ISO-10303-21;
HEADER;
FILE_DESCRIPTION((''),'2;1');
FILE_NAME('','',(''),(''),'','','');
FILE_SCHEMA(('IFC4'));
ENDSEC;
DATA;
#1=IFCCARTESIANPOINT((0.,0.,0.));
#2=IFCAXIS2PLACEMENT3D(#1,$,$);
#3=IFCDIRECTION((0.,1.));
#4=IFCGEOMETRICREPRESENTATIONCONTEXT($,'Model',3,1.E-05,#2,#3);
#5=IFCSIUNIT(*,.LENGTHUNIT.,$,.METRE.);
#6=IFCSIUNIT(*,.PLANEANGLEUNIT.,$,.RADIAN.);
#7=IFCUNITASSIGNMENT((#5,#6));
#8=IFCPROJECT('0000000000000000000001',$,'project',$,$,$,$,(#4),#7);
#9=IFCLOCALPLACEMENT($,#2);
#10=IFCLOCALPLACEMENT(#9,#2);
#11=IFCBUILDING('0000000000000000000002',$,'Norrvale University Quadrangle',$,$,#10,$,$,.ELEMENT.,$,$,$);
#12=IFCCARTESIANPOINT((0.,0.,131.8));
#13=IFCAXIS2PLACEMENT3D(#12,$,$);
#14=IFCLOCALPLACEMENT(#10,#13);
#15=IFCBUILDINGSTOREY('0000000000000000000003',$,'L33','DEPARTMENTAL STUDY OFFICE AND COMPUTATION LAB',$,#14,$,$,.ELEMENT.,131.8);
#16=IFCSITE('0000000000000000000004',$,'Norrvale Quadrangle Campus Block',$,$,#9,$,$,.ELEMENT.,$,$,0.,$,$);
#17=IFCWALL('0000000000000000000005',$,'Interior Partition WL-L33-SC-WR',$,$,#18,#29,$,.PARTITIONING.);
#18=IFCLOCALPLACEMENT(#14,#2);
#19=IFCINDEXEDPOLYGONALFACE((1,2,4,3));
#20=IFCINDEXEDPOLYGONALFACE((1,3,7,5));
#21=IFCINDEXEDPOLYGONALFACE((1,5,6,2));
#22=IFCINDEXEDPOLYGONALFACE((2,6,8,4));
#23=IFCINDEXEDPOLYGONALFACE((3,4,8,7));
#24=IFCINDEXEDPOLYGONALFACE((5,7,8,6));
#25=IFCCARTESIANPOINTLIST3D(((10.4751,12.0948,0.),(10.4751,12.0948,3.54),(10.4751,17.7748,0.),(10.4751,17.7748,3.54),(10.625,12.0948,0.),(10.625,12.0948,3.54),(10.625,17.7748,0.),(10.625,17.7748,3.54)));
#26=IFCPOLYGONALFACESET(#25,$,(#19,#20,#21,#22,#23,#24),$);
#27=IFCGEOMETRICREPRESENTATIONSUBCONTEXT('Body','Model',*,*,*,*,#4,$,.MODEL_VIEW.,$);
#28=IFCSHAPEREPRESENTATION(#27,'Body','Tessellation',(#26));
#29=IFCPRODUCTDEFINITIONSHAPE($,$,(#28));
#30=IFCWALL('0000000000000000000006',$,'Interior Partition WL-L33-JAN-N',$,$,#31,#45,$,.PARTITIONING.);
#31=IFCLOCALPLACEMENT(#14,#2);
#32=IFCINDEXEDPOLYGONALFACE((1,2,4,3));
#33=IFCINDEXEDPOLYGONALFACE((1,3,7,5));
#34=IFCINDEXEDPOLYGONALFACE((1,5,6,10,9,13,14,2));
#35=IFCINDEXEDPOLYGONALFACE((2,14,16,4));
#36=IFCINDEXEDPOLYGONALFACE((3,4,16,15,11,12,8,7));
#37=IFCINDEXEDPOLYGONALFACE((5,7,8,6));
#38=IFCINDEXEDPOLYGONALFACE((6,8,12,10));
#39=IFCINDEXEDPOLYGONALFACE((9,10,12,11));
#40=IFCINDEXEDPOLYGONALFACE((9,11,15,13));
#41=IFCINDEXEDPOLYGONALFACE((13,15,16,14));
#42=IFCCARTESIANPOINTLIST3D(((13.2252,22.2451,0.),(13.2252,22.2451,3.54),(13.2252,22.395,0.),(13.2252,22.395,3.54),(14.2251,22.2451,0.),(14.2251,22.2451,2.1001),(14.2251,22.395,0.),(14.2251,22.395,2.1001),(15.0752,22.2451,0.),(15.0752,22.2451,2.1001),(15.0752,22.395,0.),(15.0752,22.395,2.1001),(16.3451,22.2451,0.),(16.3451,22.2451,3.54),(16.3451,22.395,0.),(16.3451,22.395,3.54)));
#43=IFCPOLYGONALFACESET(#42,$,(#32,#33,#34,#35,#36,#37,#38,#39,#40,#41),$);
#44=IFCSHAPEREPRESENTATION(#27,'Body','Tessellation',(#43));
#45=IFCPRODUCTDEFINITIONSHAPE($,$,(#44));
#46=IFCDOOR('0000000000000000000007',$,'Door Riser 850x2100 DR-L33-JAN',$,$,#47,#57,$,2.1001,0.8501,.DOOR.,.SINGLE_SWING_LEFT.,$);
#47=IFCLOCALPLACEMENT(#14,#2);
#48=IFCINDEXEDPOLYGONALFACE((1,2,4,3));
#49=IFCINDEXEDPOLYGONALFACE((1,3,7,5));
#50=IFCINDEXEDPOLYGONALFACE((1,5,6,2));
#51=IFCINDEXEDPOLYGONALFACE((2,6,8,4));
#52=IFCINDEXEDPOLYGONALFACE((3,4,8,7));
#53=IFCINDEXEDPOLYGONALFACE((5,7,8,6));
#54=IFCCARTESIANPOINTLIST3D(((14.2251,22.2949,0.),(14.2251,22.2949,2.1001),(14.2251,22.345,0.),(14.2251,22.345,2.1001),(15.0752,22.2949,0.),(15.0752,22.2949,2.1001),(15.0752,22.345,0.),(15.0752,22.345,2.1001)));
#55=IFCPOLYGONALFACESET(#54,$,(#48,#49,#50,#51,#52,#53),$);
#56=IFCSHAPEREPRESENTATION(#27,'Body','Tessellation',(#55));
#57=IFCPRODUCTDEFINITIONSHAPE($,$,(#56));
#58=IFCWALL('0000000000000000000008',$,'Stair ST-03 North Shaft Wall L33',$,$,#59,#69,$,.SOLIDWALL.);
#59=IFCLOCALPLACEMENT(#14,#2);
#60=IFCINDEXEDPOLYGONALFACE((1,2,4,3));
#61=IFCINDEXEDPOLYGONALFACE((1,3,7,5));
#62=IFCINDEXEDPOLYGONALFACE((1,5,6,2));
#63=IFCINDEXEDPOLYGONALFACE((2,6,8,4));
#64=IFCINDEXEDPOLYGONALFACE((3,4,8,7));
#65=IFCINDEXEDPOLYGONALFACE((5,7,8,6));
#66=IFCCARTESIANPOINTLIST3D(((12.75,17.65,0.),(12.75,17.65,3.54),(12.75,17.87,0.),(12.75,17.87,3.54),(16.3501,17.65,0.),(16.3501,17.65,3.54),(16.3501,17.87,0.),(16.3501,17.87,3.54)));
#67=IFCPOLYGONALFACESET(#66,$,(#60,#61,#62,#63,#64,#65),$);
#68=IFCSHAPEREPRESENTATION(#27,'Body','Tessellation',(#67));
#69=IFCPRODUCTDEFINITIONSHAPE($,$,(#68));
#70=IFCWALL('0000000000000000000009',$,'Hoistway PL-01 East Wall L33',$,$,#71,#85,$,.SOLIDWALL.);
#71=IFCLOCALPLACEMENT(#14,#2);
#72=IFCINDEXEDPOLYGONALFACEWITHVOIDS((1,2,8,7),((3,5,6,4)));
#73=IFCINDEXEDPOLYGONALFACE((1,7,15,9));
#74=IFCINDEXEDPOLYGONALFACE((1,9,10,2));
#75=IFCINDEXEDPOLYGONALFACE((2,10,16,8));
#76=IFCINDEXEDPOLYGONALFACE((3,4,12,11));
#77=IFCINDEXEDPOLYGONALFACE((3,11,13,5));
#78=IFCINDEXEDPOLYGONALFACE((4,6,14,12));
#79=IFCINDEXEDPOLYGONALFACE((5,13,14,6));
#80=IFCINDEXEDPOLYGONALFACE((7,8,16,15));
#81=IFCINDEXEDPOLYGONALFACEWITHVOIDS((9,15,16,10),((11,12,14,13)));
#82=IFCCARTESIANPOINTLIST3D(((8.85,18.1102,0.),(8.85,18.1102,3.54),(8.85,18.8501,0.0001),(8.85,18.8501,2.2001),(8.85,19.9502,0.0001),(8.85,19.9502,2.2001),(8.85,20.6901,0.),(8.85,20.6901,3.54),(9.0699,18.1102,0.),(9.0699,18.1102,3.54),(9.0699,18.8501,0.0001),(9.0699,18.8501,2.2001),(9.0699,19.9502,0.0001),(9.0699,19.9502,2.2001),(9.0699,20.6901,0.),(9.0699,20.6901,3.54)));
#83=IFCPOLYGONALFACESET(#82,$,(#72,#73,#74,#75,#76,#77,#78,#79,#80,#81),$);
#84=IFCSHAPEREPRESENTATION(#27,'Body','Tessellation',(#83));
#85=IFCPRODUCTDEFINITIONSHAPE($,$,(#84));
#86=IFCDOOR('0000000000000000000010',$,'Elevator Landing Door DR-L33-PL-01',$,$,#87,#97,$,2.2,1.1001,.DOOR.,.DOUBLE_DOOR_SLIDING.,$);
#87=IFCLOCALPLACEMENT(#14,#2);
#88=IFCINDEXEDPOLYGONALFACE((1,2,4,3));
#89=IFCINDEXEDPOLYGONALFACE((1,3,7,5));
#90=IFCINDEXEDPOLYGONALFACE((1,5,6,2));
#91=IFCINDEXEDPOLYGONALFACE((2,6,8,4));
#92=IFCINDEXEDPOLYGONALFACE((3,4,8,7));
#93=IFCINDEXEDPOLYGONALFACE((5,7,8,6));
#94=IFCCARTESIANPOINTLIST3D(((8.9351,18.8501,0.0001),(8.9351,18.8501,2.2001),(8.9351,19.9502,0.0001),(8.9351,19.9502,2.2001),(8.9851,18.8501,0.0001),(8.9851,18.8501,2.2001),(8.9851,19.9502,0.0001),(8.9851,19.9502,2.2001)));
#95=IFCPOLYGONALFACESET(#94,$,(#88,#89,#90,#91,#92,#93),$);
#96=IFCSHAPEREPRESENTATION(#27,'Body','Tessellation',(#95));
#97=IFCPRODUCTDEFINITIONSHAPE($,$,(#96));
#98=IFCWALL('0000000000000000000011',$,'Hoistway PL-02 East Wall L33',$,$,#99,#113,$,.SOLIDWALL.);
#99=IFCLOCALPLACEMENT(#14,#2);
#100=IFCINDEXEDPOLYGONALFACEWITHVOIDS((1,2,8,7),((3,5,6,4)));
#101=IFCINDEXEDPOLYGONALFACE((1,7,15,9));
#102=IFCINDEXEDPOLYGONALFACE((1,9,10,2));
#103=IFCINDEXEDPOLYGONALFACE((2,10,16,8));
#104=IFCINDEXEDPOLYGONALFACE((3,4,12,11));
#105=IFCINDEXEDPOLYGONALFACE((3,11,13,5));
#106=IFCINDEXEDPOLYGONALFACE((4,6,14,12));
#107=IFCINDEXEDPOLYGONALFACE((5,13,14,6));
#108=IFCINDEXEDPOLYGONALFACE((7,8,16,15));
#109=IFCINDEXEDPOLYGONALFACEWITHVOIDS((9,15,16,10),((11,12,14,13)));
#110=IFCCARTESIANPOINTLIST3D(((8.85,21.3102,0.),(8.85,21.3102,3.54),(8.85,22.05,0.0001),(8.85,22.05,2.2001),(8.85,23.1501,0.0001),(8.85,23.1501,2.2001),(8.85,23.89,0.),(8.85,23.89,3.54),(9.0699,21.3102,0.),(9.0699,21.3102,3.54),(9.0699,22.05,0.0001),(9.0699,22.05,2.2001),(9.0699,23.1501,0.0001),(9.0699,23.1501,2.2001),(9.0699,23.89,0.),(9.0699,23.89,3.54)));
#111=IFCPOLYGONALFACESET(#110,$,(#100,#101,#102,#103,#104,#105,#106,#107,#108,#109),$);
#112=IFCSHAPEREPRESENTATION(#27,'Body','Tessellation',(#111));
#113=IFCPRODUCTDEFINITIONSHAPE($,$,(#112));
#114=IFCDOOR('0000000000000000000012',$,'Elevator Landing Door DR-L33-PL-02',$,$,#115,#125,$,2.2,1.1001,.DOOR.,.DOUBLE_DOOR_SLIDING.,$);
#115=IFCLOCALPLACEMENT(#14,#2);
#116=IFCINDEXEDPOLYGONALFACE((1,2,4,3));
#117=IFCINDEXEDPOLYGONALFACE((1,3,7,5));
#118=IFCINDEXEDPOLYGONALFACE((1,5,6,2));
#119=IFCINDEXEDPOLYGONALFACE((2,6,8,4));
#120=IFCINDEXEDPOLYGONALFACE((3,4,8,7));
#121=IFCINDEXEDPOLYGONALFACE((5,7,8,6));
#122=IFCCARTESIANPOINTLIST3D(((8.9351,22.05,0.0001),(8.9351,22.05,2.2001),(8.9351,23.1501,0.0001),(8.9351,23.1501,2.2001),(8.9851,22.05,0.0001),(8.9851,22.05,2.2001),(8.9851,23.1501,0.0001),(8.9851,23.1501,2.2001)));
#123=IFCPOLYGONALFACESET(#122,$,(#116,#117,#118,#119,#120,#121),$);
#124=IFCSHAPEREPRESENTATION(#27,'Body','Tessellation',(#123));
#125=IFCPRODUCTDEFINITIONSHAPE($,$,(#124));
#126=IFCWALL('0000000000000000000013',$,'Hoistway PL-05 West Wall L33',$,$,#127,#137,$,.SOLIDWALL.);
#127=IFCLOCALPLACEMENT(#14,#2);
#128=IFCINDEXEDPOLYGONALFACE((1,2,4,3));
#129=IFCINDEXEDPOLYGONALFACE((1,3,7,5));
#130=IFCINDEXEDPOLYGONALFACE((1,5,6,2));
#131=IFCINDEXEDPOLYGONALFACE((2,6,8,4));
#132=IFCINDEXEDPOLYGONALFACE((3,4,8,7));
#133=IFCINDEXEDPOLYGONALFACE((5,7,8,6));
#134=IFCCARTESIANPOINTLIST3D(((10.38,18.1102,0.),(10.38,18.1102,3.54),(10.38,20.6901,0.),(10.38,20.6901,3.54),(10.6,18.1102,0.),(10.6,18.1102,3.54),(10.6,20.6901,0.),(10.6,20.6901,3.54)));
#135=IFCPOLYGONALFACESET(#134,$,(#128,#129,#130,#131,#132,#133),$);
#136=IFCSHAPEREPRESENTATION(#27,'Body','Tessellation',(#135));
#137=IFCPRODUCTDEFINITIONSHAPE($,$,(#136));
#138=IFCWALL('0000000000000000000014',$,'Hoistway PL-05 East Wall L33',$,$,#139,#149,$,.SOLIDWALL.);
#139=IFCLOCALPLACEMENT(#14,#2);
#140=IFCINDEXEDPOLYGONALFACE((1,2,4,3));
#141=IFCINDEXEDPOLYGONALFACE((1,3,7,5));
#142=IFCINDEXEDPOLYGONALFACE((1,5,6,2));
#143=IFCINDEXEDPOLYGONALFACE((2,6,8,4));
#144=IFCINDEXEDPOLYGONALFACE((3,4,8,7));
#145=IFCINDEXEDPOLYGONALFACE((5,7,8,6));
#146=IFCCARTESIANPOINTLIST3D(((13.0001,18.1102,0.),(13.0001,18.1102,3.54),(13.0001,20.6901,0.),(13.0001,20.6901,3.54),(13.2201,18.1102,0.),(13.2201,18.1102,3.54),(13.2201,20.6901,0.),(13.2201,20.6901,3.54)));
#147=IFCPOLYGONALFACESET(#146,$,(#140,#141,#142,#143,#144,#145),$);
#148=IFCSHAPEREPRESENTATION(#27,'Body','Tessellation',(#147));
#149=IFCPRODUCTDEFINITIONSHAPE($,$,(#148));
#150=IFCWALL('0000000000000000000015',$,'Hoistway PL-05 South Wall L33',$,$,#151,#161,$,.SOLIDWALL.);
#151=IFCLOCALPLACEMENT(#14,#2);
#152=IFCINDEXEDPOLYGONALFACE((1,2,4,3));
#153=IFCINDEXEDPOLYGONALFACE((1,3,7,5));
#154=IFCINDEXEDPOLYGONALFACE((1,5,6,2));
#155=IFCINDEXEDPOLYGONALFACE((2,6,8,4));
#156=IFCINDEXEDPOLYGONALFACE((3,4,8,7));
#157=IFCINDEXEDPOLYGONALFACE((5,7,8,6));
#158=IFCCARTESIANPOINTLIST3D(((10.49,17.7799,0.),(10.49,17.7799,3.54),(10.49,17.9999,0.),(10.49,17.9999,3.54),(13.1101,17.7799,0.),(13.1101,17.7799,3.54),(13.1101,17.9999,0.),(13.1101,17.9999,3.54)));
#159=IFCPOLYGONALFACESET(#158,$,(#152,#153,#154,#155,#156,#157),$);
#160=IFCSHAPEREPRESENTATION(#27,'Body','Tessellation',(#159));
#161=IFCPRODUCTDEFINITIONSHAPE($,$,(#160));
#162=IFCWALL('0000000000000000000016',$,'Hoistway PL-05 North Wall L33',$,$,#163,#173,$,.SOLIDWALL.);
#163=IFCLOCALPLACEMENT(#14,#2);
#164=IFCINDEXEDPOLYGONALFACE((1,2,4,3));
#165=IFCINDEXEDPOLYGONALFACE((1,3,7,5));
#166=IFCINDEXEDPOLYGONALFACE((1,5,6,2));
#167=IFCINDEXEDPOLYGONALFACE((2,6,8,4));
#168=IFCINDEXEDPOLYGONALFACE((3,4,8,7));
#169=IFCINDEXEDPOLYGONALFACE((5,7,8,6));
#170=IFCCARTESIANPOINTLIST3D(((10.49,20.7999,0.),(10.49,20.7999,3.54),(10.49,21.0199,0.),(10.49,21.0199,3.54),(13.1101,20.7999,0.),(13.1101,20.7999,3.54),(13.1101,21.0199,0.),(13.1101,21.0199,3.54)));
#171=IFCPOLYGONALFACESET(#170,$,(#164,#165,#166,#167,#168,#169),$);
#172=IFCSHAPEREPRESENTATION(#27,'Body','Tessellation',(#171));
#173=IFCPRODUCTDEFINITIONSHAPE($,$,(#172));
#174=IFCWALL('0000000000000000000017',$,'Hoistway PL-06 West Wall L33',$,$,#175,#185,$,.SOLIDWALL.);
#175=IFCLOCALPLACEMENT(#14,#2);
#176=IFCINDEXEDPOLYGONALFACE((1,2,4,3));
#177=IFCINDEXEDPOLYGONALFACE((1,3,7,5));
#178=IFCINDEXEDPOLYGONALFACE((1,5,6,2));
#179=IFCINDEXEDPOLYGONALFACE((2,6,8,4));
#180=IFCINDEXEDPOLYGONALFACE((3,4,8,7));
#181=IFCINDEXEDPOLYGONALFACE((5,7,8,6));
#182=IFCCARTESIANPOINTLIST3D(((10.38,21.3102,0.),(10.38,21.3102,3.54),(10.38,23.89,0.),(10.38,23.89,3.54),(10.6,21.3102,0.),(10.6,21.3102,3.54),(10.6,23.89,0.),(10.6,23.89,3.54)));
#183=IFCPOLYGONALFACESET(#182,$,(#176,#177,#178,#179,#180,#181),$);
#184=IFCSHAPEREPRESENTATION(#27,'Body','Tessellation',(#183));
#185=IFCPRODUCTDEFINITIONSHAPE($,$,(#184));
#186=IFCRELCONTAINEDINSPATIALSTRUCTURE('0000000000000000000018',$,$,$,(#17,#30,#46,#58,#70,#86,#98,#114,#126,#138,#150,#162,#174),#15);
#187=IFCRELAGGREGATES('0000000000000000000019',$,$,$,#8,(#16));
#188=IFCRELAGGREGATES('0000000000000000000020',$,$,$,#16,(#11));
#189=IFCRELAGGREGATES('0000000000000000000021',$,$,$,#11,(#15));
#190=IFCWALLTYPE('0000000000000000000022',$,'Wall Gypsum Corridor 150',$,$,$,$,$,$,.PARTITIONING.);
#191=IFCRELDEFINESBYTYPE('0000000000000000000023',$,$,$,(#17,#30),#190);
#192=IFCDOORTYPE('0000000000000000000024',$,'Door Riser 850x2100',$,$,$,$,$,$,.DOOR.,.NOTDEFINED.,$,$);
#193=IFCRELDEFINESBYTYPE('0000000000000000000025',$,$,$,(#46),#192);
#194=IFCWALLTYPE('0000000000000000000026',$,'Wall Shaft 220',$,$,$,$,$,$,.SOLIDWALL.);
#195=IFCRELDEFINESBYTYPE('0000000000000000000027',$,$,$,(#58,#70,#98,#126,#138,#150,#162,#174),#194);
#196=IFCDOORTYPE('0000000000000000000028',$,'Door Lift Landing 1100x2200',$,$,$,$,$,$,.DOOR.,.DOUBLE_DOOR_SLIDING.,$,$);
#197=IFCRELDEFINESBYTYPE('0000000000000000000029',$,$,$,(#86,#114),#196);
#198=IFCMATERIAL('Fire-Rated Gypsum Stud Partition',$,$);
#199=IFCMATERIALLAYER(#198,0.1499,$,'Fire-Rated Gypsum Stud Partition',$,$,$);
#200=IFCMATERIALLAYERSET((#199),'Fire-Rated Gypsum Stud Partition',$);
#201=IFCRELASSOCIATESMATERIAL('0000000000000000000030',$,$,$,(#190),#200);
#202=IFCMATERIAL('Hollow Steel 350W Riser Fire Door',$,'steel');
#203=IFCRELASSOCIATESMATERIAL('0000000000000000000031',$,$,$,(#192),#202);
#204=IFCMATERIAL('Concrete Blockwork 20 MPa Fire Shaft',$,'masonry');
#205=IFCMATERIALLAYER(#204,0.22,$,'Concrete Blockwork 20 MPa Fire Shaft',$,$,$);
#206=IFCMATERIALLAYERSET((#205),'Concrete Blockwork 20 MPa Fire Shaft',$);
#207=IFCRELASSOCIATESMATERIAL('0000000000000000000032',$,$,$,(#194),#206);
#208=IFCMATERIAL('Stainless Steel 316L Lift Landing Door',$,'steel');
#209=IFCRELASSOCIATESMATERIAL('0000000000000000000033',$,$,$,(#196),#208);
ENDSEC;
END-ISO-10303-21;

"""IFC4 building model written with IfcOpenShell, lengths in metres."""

from ifc_helpers import new_model, si_unit, direction, frame, frame_2d, origin, place, context, subcontext, project, spatial, rectangle, extrude, material, layer, layer_set, type_object, element, fill, save


model = new_model("IFC4")

# Units and contexts
model_context = context("Model", 3, precision=1e-05, world=origin(), true_north=direction((0.0, 1.0)))
body_context = subcontext(model_context, "Body", "Model", "MODEL_VIEW")
ifc_project = project(units=[si_unit("LENGTHUNIT", "METRE"), si_unit("PLANEANGLEUNIT", "RADIAN")], contexts=[model_context])

# Site, building, storey
site_placement = place(None, origin())
site = spatial("IfcSite", under=ifc_project, at=site_placement, Name="Norrvale Quadrangle Campus Block", CompositionType="ELEMENT", RefElevation=0.0)
building_placement = place(site_placement, origin())
building = spatial("IfcBuilding", under=site, at=building_placement, Name="Norrvale University Quadrangle", CompositionType="ELEMENT")
storey_placement = place(building_placement, frame((0.0, 0.0, 131.8)))
storey = spatial("IfcBuildingStorey", under=building, at=storey_placement, Name="L33", Description="DEPARTMENTAL STUDY OFFICE AND COMPUTATION LAB", CompositionType="ELEMENT", Elevation=131.8)

# Shared definitions
ifc_material_1 = material(Name="Fire-Rated Gypsum Stud Partition")
ifc_layer_1 = layer(ifc_material_1, 0.1499, Name="Fire-Rated Gypsum Stud Partition")
ifc_layer_set_1 = layer_set([ifc_layer_1], Name="Fire-Rated Gypsum Stud Partition")
wall_type_1 = type_object("IfcWallType", Name="Wall Gypsum Corridor 150", PredefinedType="PARTITIONING", material=ifc_layer_set_1)
ifc_material_2 = material(Name="Hollow Steel 350W Riser Fire Door", Category="steel")
door_type_1 = type_object("IfcDoorType", Name="Door Riser 850x2100", OperationType="NOTDEFINED", PredefinedType="DOOR", material=ifc_material_2)

# Wall
for number, where, z_axis, x_axis, name in (
    (1, (10.55, 12.095, 0.0), (0.0, 0.0, 1.0), (0.0, 1.0, 0.0), "Interior Partition WL-L33-SC-WR"),
):
    element("IfcWall", number, at=place(storey_placement, frame(where, z_axis=z_axis, x_axis=x_axis)), inside=storey, type_object=wall_type_1, Name=name, PredefinedType="PARTITIONING", context=body_context, shape_type="SweptSolid", body=[
        extrude(rectangle(XDim=5.6799, YDim=0.1499, at=frame_2d((2.8398, 0.0))), origin(), (0.0, 0.0, 1.0), 3.54),
    ])

# Wall, opening, door
wall_1_placement = place(storey_placement, frame((13.2251, 22.3201, 0.0), z_axis=(0.0, 0.0, 1.0), x_axis=(1.0, 0.0, 0.0)))
wall_1 = element("IfcWall", 2, at=wall_1_placement, inside=storey, type_object=wall_type_1, Name="Interior Partition WL-L33-JAN-N", PredefinedType="PARTITIONING", context=body_context, shape_type="SweptSolid", body=[
    extrude(rectangle(XDim=3.1199, YDim=0.1499, at=frame_2d((1.5601, 0.0))), origin(), (0.0, 0.0, 1.0), 3.54),
])
opening_1_placement = place(wall_1_placement, frame((1.0, 0.0, 0.0)))
opening_1 = element("IfcOpeningElement", 3, at=opening_1_placement, cuts=wall_1, PredefinedType="OPENING", context=body_context, shape_type="SweptSolid", body=[
    extrude(rectangle(XDim=0.8501, YDim=2.1001, at=frame_2d((0.425, 1.05))), frame((0.0, 0.0869, 0.0), z_axis=(0.0, -1.0, 0.0), x_axis=(1.0, 0.0, 0.0)), (0.0, 0.0, 1.0), 0.1738),
])
door_1_placement = place(opening_1_placement, origin())
door_1 = element("IfcDoor", 4, at=door_1_placement, inside=storey, type_object=door_type_1, Name="Door Riser 850x2100 DR-L33-JAN", OperationType="SINGLE_SWING_LEFT", OverallHeight=2.1001, OverallWidth=0.8501, PredefinedType="DOOR", context=body_context, shape_type="SweptSolid", body=[
    extrude(rectangle(XDim=0.8501, YDim=2.1001, at=frame_2d((0.425, 1.05))), frame((0.0, 0.0249, 0.0), z_axis=(0.0, -1.0, 0.0), x_axis=(1.0, 0.0, 0.0)), (0.0, 0.0, 1.0), 0.05),
])
fill(opening_1, door_1)

# Wall
ifc_material_3 = material(Name="Concrete Blockwork 20 MPa Fire Shaft", Category="masonry")
ifc_layer_2 = layer(ifc_material_3, 0.22, Name="Concrete Blockwork 20 MPa Fire Shaft")
ifc_layer_set_2 = layer_set([ifc_layer_2], Name="Concrete Blockwork 20 MPa Fire Shaft")
wall_type_2 = type_object("IfcWallType", Name="Wall Shaft 220", PredefinedType="SOLIDWALL", material=ifc_layer_set_2)
wall_2_placement = place(storey_placement, frame((12.75, 17.76, 0.0), z_axis=(0.0, 0.0, 1.0), x_axis=(1.0, 0.0, 0.0)))
element("IfcWall", 5, at=wall_2_placement, inside=storey, type_object=wall_type_2, Name="Stair ST-03 North Shaft Wall L33", PredefinedType="SOLIDWALL", context=body_context, shape_type="SweptSolid", body=[
    extrude(rectangle(XDim=3.6001, YDim=0.22, at=frame_2d((1.8, 0.0))), origin(), (0.0, 0.0, 1.0), 3.54),
])

# Walls, openings, doors
wall_3_placement = place(storey_placement, frame((8.96, 18.1101, 0.0), z_axis=(0.0, 0.0, 1.0), x_axis=(0.0, 1.0, 0.0)))
wall_3 = element("IfcWall", 6, at=wall_3_placement, inside=storey, type_object=wall_type_2, Name="Hoistway PL-01 East Wall L33", PredefinedType="SOLIDWALL", context=body_context, shape_type="SweptSolid", body=[
    extrude(rectangle(XDim=2.5798, YDim=0.22, at=frame_2d((1.29, 0.0))), origin(), (0.0, 0.0, 1.0), 3.54),
])
opening_2_placement = place(wall_3_placement, frame((0.74, 0.0, 0.0)))
opening_2 = element("IfcOpeningElement", 7, at=opening_2_placement, cuts=wall_3, PredefinedType="OPENING", context=body_context, shape_type="SweptSolid", body=[
    extrude(rectangle(XDim=1.1001, YDim=2.2, at=frame_2d((0.55, 1.1001))), frame((0.0, 0.1221, 0.0), z_axis=(0.0, -1.0, 0.0), x_axis=(1.0, 0.0, 0.0)), (0.0, 0.0, 1.0), 0.2439),
])
ifc_material_4 = material(Name="Stainless Steel 316L Lift Landing Door", Category="steel")
door_type_2 = type_object("IfcDoorType", Name="Door Lift Landing 1100x2200", OperationType="DOUBLE_DOOR_SLIDING", PredefinedType="DOOR", material=ifc_material_4)
door_2_placement = place(opening_2_placement, origin())
door_2 = element("IfcDoor", 8, at=door_2_placement, inside=storey, type_object=door_type_2, Name="Elevator Landing Door DR-L33-PL-01", OperationType="DOUBLE_DOOR_SLIDING", OverallHeight=2.2, OverallWidth=1.1001, PredefinedType="DOOR", context=body_context, shape_type="SweptSolid", body=[
    extrude(rectangle(XDim=1.1001, YDim=2.2, at=frame_2d((0.55, 1.1001))), frame((0.0, 0.0249, 0.0), z_axis=(0.0, -1.0, 0.0), x_axis=(1.0, 0.0, 0.0)), (0.0, 0.0, 1.0), 0.05),
])
fill(opening_2, door_2)
wall_4_placement = place(storey_placement, frame((8.96, 21.3101, 0.0), z_axis=(0.0, 0.0, 1.0), x_axis=(0.0, 1.0, 0.0)))
wall_4 = element("IfcWall", 9, at=wall_4_placement, inside=storey, type_object=wall_type_2, Name="Hoistway PL-02 East Wall L33", PredefinedType="SOLIDWALL", context=body_context, shape_type="SweptSolid", body=[
    extrude(rectangle(XDim=2.5798, YDim=0.22, at=frame_2d((1.29, 0.0))), origin(), (0.0, 0.0, 1.0), 3.54),
])
opening_3_placement = place(wall_4_placement, frame((0.74, 0.0, 0.0)))
opening_3 = element("IfcOpeningElement", 10, at=opening_3_placement, cuts=wall_4, PredefinedType="OPENING", context=body_context, shape_type="SweptSolid", body=[
    extrude(rectangle(XDim=1.1001, YDim=2.2, at=frame_2d((0.55, 1.1001))), frame((0.0, 0.1221, 0.0), z_axis=(0.0, -1.0, 0.0), x_axis=(1.0, 0.0, 0.0)), (0.0, 0.0, 1.0), 0.2439),
])
door_3_placement = place(opening_3_placement, origin())
door_3 = element("IfcDoor", 11, at=door_3_placement, inside=storey, type_object=door_type_2, Name="Elevator Landing Door DR-L33-PL-02", OperationType="DOUBLE_DOOR_SLIDING", OverallHeight=2.2, OverallWidth=1.1001, PredefinedType="DOOR", context=body_context, shape_type="SweptSolid", body=[
    extrude(rectangle(XDim=1.1001, YDim=2.2, at=frame_2d((0.55, 1.1001))), frame((0.0, 0.0249, 0.0), z_axis=(0.0, -1.0, 0.0), x_axis=(1.0, 0.0, 0.0)), (0.0, 0.0, 1.0), 0.05),
])
fill(opening_3, door_3)

# Walls
for number, where, z_axis, x_axis, name in (
    (12, (10.49, 18.1101, 0.0), (0.0, 0.0, 1.0), (0.0, 1.0, 0.0), "Hoistway PL-05 West Wall L33"),
    (13, (13.1101, 18.1101, 0.0), (0.0, 0.0, 1.0), (0.0, 1.0, 0.0), "Hoistway PL-05 East Wall L33"),
):
    element("IfcWall", number, at=place(storey_placement, frame(where, z_axis=z_axis, x_axis=x_axis)), inside=storey, type_object=wall_type_2, Name=name, PredefinedType="SOLIDWALL", context=body_context, shape_type="SweptSolid", body=[
        extrude(rectangle(XDim=2.5798, YDim=0.22, at=frame_2d((1.29, 0.0))), origin(), (0.0, 0.0, 1.0), 3.54),
    ])
for number, where, z_axis, x_axis, name in (
    (14, (10.49, 17.8899, 0.0), (0.0, 0.0, 1.0), (1.0, 0.0, 0.0), "Hoistway PL-05 South Wall L33"),
    (15, (10.49, 20.9099, 0.0), (0.0, 0.0, 1.0), (1.0, 0.0, 0.0), "Hoistway PL-05 North Wall L33"),
):
    element("IfcWall", number, at=place(storey_placement, frame(where, z_axis=z_axis, x_axis=x_axis)), inside=storey, type_object=wall_type_2, Name=name, PredefinedType="SOLIDWALL", context=body_context, shape_type="SweptSolid", body=[
        extrude(rectangle(XDim=2.6201, YDim=0.22, at=frame_2d((1.3101, 0.0))), origin(), (0.0, 0.0, 1.0), 3.54),
    ])
for number, where, z_axis, x_axis, name in (
    (16, (10.49, 21.3101, 0.0), (0.0, 0.0, 1.0), (0.0, 1.0, 0.0), "Hoistway PL-06 West Wall L33"),
):
    element("IfcWall", number, at=place(storey_placement, frame(where, z_axis=z_axis, x_axis=x_axis)), inside=storey, type_object=wall_type_2, Name=name, PredefinedType="SOLIDWALL", context=body_context, shape_type="SweptSolid", body=[
        extrude(rectangle(XDim=2.5798, YDim=0.22, at=frame_2d((1.29, 0.0))), origin(), (0.0, 0.0, 1.0), 3.54),
    ])

save(model, "model.ifc")
